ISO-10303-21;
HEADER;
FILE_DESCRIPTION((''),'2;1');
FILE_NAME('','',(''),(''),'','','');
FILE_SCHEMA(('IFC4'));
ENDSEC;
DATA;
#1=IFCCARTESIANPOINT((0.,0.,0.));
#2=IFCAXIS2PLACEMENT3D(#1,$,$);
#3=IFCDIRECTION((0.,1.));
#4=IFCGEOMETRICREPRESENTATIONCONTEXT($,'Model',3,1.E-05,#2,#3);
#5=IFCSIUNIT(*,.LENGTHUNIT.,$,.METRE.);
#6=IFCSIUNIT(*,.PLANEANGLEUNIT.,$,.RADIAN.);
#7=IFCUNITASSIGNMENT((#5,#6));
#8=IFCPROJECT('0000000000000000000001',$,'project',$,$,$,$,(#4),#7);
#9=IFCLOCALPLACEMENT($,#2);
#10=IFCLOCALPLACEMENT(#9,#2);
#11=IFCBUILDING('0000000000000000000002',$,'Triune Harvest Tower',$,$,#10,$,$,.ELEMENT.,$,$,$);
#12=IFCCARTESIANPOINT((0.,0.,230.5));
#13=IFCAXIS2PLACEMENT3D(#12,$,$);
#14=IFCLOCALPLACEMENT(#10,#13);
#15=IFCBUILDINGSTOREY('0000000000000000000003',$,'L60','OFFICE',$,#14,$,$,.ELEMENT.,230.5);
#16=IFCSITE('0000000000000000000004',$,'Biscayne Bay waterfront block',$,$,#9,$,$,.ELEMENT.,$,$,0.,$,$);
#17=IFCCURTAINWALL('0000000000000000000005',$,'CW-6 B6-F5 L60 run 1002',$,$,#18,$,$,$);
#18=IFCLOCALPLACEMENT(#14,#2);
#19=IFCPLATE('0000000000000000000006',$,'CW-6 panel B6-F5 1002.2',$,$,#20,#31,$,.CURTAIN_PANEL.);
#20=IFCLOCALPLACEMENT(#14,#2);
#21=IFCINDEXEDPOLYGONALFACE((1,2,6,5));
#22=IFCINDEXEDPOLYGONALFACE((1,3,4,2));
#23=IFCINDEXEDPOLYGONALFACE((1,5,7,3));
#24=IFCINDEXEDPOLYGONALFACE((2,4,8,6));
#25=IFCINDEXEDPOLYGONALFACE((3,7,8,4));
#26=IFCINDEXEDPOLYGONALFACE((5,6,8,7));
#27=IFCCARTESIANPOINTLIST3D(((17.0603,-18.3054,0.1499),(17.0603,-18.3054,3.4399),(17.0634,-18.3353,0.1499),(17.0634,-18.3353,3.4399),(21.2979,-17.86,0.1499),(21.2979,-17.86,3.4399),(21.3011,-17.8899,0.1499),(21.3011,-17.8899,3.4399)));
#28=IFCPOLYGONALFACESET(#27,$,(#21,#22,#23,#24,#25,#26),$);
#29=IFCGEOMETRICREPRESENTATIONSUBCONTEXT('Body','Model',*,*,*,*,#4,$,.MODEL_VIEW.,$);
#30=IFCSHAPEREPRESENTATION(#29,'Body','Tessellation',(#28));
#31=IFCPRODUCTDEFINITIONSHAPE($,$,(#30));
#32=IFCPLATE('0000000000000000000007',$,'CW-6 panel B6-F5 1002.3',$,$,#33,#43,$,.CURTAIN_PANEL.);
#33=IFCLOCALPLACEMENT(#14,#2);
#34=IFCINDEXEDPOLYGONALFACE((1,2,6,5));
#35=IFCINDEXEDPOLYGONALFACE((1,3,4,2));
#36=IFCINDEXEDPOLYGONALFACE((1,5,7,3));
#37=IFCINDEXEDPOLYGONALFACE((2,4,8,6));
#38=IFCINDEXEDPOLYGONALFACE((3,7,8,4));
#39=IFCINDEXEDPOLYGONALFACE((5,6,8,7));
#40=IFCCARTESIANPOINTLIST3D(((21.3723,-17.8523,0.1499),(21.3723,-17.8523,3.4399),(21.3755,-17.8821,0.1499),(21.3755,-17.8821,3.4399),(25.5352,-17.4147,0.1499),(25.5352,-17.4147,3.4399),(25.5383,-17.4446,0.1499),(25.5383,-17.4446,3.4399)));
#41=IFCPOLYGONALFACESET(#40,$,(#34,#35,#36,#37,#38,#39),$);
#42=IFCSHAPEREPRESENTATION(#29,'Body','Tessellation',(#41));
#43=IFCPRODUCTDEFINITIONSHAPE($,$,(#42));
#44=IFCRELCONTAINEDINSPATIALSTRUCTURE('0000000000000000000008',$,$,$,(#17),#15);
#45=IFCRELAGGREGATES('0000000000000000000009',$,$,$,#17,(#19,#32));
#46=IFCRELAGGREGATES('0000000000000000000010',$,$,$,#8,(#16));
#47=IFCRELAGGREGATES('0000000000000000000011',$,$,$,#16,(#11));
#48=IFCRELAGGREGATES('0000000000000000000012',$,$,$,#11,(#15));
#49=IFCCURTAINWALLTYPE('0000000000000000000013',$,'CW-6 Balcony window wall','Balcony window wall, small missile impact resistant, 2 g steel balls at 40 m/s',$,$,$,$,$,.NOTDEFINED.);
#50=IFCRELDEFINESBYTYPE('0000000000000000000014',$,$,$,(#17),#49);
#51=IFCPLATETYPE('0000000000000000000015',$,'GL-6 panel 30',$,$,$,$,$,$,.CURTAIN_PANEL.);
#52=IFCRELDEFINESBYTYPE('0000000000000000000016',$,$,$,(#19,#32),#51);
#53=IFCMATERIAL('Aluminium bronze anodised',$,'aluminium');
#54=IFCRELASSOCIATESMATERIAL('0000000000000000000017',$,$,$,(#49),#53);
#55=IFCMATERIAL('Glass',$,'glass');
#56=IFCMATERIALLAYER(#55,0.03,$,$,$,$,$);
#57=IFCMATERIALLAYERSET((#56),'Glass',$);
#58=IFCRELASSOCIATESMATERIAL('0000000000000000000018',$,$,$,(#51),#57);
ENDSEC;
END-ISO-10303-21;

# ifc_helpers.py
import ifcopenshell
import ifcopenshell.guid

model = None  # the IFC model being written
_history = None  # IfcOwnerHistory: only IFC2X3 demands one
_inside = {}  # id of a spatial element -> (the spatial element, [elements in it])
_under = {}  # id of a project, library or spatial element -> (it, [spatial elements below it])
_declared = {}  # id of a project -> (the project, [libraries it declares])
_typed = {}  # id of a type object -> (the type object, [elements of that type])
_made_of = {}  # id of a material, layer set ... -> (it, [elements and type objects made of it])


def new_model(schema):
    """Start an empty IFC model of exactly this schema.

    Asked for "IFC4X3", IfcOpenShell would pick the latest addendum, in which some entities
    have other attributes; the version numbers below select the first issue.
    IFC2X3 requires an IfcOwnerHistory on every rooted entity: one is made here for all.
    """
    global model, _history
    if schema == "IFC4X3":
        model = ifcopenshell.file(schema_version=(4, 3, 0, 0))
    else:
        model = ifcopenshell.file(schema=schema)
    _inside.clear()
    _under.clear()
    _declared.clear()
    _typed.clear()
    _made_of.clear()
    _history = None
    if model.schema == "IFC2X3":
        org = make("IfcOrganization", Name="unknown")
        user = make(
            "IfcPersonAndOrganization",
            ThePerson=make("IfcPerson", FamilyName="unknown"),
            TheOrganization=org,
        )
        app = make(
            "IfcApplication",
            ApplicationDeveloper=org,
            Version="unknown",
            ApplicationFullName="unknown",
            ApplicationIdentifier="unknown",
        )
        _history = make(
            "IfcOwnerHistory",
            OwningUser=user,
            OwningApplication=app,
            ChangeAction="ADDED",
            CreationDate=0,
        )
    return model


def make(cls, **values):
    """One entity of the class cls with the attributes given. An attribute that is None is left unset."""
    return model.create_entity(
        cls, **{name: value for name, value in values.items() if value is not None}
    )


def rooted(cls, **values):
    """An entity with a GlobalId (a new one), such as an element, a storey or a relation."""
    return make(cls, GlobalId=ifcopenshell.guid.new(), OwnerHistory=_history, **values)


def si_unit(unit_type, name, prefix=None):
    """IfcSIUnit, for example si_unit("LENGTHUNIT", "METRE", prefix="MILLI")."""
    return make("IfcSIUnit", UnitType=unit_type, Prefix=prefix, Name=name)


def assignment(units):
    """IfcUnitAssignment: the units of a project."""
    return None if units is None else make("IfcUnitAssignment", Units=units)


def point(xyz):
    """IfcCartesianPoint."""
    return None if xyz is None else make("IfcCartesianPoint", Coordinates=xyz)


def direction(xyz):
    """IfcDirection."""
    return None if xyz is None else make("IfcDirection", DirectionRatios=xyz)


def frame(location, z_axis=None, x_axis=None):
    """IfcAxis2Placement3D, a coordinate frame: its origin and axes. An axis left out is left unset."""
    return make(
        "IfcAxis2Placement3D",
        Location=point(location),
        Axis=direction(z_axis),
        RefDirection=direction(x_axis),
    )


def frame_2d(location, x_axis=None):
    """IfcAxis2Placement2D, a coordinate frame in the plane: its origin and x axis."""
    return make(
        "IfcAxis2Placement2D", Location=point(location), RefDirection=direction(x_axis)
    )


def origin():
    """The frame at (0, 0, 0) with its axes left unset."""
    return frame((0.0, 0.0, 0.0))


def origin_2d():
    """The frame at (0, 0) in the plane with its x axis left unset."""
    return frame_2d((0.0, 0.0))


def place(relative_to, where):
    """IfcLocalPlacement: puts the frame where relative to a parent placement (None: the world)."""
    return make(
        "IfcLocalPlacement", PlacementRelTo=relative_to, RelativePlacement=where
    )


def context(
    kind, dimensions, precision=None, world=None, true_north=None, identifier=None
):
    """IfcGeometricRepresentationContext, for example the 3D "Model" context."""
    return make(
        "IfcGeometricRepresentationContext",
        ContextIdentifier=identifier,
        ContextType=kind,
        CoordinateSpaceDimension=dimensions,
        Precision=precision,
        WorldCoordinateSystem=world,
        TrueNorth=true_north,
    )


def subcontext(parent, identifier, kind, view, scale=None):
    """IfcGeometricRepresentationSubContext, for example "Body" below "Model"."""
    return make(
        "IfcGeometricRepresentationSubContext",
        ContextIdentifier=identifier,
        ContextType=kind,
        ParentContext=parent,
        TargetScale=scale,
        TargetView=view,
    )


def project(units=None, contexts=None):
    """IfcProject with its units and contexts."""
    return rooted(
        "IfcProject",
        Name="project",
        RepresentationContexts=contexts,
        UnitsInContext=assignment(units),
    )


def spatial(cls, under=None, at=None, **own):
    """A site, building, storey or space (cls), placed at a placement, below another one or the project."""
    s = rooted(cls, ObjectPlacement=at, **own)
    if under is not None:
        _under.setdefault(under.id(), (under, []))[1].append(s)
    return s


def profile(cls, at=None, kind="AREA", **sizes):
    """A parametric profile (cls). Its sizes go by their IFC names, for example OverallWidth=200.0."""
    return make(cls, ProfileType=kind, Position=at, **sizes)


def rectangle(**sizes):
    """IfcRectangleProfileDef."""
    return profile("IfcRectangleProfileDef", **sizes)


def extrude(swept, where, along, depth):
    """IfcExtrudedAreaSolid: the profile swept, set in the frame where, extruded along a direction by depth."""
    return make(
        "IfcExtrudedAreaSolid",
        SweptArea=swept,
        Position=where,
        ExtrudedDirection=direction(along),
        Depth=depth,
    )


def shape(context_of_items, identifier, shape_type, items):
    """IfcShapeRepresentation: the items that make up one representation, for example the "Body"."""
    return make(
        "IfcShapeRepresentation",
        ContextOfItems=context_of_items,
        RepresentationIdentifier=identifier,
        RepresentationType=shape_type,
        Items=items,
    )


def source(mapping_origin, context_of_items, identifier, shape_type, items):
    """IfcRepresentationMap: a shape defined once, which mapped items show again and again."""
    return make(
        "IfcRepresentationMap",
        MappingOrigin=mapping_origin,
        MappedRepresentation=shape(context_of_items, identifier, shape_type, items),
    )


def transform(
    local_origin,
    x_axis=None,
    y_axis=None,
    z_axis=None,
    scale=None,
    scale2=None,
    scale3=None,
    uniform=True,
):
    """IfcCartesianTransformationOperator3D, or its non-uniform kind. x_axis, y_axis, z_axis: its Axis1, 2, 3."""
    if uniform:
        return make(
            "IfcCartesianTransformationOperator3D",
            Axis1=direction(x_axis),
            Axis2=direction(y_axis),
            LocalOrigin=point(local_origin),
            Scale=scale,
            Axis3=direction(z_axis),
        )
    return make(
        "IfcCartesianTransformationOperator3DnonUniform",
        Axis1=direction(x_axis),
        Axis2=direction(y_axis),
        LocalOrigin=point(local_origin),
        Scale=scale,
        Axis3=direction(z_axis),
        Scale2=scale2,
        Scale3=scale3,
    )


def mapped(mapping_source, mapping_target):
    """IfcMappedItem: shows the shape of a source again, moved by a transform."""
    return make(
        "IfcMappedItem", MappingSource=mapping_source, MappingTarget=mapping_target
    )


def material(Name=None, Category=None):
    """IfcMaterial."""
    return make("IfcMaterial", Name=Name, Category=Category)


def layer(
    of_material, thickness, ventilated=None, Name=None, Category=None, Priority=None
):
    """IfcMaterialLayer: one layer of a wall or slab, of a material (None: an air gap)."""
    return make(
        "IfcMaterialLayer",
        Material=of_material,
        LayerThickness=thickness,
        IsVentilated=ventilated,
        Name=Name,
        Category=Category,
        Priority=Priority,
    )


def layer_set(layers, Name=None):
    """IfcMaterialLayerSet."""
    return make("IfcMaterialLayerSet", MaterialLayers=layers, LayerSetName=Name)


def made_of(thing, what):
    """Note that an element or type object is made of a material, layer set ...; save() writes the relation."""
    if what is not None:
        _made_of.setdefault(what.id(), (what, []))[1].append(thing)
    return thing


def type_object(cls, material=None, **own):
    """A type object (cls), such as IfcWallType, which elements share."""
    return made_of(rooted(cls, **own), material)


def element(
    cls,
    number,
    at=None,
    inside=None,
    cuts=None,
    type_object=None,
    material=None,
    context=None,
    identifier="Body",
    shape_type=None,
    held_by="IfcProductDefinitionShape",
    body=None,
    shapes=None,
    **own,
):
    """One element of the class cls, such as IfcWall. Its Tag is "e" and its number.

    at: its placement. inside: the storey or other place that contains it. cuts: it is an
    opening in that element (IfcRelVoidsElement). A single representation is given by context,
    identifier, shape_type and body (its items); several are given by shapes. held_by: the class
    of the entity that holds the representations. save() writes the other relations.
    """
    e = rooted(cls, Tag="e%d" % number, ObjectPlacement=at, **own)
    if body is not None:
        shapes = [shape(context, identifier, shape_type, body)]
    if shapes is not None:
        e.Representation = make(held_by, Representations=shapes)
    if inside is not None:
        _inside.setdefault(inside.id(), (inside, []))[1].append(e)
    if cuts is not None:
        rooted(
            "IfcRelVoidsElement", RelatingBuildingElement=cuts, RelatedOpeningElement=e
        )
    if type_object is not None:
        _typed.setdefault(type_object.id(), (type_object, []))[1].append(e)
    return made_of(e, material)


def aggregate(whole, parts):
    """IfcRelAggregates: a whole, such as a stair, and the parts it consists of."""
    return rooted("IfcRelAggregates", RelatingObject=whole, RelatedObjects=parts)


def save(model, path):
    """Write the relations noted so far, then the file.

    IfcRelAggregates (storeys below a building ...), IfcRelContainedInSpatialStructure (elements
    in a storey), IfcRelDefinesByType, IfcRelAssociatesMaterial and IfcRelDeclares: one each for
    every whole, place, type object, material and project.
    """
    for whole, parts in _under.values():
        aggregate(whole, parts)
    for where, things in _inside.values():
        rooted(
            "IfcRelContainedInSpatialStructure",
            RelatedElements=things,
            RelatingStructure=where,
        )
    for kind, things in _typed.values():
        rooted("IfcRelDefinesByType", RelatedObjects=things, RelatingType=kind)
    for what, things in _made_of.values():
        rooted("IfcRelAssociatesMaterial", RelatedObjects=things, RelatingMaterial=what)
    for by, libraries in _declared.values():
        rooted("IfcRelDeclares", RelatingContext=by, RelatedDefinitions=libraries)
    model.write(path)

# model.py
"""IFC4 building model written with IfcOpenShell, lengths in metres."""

from ifc_helpers import new_model, si_unit, direction, frame, origin, origin_2d, place, context, subcontext, project, spatial, rectangle, extrude, source, transform, mapped, material, layer, layer_set, type_object, element, aggregate, save


model = new_model("IFC4")

# Units and contexts
model_context = context("Model", 3, precision=1e-05, world=origin(), true_north=direction((0.0, 1.0)))
body_context = subcontext(model_context, "Body", "Model", "MODEL_VIEW")
ifc_project = project(units=[si_unit("LENGTHUNIT", "METRE"), si_unit("PLANEANGLEUNIT", "RADIAN")], contexts=[model_context])

# Site, building, storey
site_placement = place(None, origin())
site = spatial("IfcSite", under=ifc_project, at=site_placement, Name="Biscayne Bay waterfront block", CompositionType="ELEMENT", RefElevation=0.0)
building_placement = place(site_placement, origin())
building = spatial("IfcBuilding", under=site, at=building_placement, Name="Triune Harvest Tower", CompositionType="ELEMENT")
storey_placement = place(building_placement, frame((0.0, 0.0, 230.5)))
storey = spatial("IfcBuildingStorey", under=building, at=storey_placement, Name="L60", Description="OFFICE", CompositionType="ELEMENT", Elevation=230.5)

# Curtain wall
ifc_material_1 = material(Name="Aluminium bronze anodised", Category="aluminium")
curtain_wall_type_1 = type_object("IfcCurtainWallType", Name="CW-6 Balcony window wall", Description="Balcony window wall, small missile impact resistant, 2 g steel balls at 40 m/s", PredefinedType="NOTDEFINED", material=ifc_material_1)
curtain_wall_1_placement = place(storey_placement, origin())
curtain_wall_1 = element("IfcCurtainWall", 1, at=curtain_wall_1_placement, inside=storey, type_object=curtain_wall_type_1, Name="CW-6 B6-F5 L60 run 1002")

# Plates
ifc_material_2 = material(Name="Glass", Category="glass")
ifc_layer_1 = layer(ifc_material_2, 0.03)
ifc_layer_set_1 = layer_set([ifc_layer_1], Name="Glass")
plate_type_1 = type_object("IfcPlateType", Name="GL-6 panel 30", PredefinedType="CURTAIN_PANEL", material=ifc_layer_set_1)
shared_shape_1 = source(origin(), body_context, "Body", "SweptSolid", [
    extrude(rectangle(XDim=4.261, YDim=0.03, at=origin_2d()), origin(), (0.0, 0.0, 1.0), 3.29),
])
plate_1_placement = place(storey_placement, frame((19.1807, -18.0977, 0.1499), z_axis=(0.0, 0.0, 1.0), x_axis=(0.994522, 0.104527, 0.0)))
plate_1 = element("IfcPlate", 2, at=plate_1_placement, type_object=plate_type_1, Name="CW-6 panel B6-F5 1002.2", PredefinedType="CURTAIN_PANEL", context=body_context, shape_type="MappedRepresentation", body=[
    mapped(shared_shape_1, transform((0.0, 0.0, 0.0), scale=1.0)),
])
shared_shape_2 = source(origin(), body_context, "Body", "SweptSolid", [
    extrude(rectangle(XDim=4.1858, YDim=0.03, at=origin_2d()), origin(), (0.0, 0.0, 1.0), 3.29),
])
plate_2_placement = place(storey_placement, frame((23.4553, -17.6484, 0.1499), z_axis=(0.0, 0.0, 1.0), x_axis=(0.994522, 0.104527, 0.0)))
plate_2 = element("IfcPlate", 3, at=plate_2_placement, type_object=plate_type_1, Name="CW-6 panel B6-F5 1002.3", PredefinedType="CURTAIN_PANEL", context=body_context, shape_type="MappedRepresentation", body=[
    mapped(shared_shape_2, transform((0.0, 0.0, 0.0), scale=1.0)),
])
aggregate(curtain_wall_1, [plate_1, plate_2])

save(model, "model.ifc")
